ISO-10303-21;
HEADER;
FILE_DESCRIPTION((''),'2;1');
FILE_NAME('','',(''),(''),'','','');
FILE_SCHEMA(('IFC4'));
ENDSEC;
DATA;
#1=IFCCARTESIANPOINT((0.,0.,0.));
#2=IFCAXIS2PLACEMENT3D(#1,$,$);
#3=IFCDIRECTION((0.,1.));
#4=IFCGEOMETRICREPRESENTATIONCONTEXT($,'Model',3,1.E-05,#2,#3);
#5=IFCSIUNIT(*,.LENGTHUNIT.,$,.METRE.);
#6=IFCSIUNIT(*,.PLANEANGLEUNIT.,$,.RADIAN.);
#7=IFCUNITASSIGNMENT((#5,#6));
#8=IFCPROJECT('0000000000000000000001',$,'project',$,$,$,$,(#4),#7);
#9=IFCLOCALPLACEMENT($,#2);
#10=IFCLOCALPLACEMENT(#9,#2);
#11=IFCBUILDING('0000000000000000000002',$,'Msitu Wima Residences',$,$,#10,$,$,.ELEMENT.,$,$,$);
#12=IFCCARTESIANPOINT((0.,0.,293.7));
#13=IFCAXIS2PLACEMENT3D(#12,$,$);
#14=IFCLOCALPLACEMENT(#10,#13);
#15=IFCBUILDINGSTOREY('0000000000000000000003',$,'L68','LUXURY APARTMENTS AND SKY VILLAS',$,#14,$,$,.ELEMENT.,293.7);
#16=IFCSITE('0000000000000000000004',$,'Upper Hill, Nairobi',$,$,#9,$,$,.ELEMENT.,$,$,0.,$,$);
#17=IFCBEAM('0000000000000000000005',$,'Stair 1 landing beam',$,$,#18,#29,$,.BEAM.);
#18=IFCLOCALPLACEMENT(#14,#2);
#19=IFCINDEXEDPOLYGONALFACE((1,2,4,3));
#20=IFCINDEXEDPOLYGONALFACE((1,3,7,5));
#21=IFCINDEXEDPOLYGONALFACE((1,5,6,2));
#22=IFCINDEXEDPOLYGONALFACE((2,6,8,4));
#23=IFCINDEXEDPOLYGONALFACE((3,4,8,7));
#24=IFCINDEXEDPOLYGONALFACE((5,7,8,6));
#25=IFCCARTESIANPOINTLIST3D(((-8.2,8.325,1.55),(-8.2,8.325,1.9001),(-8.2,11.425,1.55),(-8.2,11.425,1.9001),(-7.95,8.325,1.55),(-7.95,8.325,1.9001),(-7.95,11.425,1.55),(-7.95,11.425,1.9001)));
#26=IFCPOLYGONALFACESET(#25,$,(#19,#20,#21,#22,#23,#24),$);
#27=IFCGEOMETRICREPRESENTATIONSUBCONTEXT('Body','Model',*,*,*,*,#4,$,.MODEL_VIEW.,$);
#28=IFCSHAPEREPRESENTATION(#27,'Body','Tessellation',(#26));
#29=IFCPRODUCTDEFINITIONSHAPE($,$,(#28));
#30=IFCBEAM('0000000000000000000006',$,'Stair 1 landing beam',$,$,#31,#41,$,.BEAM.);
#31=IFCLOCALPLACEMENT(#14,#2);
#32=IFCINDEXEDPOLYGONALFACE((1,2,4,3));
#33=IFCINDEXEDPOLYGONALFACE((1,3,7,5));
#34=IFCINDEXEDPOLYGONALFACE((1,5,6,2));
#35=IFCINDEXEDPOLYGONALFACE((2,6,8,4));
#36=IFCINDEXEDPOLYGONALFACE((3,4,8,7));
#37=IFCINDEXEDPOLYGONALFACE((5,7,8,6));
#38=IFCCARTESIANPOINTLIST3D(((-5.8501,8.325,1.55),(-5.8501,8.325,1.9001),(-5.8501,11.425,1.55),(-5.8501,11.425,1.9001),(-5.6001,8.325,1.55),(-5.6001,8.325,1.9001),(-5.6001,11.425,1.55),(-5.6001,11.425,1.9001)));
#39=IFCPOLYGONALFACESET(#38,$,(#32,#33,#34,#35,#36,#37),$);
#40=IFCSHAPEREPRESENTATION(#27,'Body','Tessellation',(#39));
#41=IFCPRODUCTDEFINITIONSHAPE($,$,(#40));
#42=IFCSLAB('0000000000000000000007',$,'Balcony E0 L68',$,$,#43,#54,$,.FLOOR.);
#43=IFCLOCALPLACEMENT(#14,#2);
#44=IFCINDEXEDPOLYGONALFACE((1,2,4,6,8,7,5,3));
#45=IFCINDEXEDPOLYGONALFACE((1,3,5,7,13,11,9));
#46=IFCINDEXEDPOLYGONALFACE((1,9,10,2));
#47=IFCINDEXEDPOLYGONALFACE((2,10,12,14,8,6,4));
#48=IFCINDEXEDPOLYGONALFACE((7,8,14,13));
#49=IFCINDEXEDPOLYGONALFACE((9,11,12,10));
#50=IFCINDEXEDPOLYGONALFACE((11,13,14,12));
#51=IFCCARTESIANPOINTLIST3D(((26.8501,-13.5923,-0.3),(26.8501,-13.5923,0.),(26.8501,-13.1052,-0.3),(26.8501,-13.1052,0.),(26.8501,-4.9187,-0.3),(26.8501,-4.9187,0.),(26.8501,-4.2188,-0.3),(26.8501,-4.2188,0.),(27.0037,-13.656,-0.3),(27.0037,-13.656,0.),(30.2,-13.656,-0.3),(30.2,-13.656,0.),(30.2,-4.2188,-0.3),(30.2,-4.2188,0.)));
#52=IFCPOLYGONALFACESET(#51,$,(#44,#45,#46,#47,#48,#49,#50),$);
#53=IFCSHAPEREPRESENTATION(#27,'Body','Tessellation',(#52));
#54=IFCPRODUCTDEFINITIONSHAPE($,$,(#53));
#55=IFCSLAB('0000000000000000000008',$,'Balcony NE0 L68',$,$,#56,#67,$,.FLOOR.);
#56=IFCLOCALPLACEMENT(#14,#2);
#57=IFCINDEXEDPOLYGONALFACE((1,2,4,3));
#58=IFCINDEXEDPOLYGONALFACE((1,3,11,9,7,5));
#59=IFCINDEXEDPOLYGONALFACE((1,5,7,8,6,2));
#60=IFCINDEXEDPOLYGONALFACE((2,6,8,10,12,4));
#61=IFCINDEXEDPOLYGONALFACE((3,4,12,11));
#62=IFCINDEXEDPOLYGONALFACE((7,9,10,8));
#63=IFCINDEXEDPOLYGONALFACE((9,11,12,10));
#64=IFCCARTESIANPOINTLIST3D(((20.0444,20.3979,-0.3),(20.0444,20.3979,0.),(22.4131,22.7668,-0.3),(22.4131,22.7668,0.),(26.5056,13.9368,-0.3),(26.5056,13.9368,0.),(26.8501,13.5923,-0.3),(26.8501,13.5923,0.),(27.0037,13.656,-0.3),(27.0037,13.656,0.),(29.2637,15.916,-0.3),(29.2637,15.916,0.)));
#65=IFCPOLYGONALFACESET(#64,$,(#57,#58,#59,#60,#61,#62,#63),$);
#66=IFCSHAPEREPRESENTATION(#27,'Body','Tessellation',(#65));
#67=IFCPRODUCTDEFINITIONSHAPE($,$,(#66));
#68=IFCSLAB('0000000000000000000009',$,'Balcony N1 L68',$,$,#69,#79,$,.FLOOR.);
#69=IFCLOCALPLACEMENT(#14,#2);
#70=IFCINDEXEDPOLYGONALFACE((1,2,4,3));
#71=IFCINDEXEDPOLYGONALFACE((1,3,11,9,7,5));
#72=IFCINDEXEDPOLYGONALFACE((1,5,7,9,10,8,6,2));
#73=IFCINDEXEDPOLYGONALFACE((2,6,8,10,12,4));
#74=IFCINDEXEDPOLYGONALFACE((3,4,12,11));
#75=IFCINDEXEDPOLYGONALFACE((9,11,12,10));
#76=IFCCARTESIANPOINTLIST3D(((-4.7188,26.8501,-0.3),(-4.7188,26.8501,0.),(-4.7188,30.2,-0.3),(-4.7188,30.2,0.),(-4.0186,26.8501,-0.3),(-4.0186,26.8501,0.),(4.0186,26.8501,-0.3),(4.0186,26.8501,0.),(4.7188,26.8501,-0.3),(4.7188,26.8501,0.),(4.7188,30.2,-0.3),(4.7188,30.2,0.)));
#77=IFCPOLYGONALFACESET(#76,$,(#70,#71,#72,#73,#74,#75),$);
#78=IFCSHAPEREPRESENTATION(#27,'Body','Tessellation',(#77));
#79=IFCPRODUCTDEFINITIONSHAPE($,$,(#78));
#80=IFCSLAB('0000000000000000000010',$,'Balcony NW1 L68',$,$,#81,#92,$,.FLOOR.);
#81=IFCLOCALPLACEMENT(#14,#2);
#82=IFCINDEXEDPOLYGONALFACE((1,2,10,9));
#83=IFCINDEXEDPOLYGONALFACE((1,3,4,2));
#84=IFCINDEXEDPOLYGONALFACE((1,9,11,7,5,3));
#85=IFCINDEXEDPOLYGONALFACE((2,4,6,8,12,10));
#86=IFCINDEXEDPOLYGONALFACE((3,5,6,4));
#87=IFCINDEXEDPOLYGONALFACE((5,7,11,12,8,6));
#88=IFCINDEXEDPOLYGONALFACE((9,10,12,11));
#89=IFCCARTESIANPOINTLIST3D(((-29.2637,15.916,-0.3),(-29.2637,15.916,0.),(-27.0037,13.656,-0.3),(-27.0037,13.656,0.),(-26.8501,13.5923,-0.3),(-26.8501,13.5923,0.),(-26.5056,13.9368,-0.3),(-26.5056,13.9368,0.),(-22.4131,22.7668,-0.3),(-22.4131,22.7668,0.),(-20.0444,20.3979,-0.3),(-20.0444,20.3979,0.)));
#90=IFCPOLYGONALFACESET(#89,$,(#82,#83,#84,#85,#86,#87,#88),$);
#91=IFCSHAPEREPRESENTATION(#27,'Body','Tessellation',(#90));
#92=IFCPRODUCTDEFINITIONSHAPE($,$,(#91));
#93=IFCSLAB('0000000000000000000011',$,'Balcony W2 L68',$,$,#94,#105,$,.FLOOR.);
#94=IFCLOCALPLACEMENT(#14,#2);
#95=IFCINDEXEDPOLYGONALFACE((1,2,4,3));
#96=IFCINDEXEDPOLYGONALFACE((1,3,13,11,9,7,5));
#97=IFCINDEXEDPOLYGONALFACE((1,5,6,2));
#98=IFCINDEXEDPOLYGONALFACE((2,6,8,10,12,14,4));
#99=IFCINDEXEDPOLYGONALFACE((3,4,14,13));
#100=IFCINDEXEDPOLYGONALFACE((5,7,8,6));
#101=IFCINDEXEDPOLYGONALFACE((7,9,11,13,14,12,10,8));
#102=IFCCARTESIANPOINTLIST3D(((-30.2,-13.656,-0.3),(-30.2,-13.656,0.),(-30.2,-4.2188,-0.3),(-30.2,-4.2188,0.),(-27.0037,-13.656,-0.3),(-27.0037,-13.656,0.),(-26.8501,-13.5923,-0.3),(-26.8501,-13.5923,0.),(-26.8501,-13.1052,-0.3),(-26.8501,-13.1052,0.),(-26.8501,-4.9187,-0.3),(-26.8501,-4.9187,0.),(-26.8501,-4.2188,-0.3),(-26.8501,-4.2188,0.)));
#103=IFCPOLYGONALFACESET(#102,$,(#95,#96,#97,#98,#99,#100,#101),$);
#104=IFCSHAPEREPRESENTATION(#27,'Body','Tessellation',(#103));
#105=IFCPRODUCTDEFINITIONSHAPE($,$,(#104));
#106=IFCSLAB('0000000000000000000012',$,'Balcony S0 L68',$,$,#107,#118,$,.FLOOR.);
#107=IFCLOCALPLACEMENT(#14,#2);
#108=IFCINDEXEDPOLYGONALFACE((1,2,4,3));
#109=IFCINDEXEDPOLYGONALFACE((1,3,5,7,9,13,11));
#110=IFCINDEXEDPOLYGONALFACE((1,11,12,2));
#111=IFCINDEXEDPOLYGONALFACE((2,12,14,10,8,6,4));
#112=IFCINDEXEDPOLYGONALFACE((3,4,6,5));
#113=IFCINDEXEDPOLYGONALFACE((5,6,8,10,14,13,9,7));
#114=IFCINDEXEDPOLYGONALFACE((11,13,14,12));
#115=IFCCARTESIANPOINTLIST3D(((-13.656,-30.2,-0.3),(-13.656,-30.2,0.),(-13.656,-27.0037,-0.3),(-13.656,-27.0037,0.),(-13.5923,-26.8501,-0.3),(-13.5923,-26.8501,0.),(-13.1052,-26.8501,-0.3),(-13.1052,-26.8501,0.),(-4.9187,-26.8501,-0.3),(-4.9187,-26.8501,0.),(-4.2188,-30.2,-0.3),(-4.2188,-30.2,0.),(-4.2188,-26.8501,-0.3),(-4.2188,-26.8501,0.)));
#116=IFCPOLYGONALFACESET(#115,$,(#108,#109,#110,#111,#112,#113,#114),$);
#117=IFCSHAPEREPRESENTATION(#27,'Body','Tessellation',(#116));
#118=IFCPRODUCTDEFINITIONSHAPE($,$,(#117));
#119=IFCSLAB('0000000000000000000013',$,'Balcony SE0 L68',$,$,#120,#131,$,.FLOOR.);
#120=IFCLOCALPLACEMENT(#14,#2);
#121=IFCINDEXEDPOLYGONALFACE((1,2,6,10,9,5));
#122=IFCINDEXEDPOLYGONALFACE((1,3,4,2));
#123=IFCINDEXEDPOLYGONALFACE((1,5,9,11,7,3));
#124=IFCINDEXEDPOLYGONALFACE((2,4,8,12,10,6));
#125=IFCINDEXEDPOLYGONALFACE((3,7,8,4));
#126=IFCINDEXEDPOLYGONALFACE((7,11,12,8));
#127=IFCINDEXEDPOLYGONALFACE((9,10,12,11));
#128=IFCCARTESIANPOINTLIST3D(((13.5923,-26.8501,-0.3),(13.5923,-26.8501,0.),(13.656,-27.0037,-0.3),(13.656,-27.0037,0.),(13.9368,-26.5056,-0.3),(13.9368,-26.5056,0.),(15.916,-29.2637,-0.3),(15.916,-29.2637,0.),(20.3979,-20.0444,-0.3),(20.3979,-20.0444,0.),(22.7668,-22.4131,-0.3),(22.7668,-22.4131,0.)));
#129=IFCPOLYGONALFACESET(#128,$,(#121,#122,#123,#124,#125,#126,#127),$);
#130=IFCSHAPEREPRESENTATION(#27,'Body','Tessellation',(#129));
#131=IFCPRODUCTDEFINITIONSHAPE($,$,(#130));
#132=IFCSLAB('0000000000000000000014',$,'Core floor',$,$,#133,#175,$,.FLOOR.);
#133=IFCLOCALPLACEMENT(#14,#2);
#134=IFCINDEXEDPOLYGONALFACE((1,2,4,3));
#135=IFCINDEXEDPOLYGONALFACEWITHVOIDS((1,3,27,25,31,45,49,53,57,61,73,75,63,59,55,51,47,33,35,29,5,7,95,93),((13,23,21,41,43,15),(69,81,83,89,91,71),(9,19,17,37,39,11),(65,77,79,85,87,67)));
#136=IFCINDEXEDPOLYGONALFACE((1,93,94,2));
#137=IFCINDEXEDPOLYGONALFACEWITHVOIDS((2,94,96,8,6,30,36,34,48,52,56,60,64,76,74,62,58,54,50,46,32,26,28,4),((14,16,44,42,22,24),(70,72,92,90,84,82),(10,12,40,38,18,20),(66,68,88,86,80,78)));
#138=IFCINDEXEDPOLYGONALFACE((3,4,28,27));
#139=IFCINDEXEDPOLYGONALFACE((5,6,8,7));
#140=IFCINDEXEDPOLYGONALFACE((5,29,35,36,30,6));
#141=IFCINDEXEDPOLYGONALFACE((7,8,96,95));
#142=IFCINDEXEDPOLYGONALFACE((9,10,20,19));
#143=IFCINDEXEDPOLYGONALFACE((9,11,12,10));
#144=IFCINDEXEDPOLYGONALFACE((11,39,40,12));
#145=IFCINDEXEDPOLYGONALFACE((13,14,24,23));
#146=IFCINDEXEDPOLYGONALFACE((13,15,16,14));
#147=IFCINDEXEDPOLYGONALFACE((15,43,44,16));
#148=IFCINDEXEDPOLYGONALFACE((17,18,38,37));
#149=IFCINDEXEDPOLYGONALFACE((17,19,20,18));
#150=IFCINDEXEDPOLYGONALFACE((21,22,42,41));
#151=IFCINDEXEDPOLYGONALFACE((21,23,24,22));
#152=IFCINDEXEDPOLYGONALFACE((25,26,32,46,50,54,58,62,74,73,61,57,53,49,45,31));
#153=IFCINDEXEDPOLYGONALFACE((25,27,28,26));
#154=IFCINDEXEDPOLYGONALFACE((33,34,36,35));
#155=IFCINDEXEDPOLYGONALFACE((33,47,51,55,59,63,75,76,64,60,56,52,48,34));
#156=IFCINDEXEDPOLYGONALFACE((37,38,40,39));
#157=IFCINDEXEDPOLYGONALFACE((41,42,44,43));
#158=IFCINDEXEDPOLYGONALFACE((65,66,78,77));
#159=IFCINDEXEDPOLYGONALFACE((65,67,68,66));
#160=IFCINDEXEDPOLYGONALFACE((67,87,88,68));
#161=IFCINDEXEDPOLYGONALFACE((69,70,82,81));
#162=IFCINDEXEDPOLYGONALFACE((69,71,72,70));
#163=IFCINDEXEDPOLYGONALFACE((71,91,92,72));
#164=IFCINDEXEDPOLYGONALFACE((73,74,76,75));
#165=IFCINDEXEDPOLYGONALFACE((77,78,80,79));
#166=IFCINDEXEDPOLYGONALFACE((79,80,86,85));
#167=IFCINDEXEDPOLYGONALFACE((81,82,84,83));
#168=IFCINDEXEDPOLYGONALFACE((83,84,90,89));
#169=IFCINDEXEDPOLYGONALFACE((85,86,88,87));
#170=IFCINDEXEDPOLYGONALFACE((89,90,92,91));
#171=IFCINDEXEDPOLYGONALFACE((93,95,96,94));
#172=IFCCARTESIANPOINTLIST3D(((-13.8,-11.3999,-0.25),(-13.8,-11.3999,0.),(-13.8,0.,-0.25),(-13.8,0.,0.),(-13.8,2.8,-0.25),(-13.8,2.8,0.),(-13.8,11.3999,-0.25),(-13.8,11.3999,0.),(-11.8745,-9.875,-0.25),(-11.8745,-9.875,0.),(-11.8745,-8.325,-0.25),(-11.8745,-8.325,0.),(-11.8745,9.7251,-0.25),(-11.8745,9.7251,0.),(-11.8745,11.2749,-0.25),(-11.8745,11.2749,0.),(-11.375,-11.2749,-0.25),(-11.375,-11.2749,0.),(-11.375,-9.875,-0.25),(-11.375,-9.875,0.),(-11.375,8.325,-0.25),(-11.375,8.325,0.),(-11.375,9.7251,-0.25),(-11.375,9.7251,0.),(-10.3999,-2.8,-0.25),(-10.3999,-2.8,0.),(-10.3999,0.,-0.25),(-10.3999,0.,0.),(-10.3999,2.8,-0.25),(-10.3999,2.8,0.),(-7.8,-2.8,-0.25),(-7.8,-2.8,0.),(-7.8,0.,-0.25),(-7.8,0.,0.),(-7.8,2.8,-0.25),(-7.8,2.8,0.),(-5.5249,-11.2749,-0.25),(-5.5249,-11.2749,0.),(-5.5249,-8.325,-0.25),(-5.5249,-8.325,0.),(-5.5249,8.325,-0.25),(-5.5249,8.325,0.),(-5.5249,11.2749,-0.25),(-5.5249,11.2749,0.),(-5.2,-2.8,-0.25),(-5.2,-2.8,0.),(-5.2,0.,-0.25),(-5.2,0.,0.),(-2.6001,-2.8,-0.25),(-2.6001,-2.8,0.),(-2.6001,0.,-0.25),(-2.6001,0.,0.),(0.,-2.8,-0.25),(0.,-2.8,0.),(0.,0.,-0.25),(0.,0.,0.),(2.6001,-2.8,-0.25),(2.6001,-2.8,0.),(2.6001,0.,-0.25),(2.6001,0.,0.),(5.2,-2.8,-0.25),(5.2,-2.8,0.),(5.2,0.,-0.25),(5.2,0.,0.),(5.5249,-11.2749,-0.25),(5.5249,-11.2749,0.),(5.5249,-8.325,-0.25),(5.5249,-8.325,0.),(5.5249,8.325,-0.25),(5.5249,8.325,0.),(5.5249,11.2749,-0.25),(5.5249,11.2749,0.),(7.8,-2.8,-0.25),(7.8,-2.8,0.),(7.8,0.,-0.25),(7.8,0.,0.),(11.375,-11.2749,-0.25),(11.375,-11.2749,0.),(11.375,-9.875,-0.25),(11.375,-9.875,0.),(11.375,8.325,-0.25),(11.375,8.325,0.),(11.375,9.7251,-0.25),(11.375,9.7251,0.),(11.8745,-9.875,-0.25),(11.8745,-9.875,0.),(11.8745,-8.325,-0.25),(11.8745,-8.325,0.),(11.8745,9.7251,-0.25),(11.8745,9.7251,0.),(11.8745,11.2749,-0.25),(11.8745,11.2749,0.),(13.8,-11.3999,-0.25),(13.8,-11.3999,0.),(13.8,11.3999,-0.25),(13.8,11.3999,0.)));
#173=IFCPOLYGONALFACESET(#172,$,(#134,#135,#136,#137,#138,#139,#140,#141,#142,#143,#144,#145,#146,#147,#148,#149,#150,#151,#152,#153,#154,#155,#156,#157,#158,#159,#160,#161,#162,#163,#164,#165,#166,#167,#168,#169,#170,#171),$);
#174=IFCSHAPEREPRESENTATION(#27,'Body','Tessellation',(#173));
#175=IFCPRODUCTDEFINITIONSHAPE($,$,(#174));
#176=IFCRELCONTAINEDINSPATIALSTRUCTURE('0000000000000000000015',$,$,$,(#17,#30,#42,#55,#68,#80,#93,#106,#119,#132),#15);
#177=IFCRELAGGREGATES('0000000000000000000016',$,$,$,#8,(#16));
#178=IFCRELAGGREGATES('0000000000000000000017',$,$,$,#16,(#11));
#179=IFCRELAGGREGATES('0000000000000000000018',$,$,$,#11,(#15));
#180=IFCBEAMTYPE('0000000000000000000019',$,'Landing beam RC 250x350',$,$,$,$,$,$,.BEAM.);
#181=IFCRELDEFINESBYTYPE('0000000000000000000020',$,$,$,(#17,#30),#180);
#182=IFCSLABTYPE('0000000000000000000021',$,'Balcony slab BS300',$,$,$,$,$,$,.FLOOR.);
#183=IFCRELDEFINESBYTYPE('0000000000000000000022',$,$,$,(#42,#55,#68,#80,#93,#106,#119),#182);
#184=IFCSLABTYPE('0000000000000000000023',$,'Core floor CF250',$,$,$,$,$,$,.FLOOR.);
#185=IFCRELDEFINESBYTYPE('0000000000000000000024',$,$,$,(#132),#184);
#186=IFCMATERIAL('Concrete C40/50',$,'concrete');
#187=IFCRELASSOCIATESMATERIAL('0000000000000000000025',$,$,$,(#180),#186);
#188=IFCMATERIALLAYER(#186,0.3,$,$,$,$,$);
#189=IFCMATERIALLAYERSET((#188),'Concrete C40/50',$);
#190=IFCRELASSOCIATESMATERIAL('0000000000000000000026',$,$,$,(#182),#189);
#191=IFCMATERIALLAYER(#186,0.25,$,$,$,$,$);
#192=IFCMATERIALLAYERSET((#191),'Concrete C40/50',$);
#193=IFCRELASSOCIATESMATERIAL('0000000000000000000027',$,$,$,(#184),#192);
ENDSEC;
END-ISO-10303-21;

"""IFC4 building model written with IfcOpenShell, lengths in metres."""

from ifc_helpers import new_model, si_unit, direction, frame, origin, origin_2d, place, context, subcontext, project, spatial, polyline, rectangle, outline, extrude, material, layer, layer_set, material_profile, profile_set, type_object, element, save


model = new_model("IFC4")

# Units and contexts
model_context = context("Model", 3, precision=1e-05, world=origin(), true_north=direction((0.0, 1.0)))
body_context = subcontext(model_context, "Body", "Model", "MODEL_VIEW")
ifc_project = project(units=[si_unit("LENGTHUNIT", "METRE"), si_unit("PLANEANGLEUNIT", "RADIAN")], contexts=[model_context])

# Site, building, storey
site_placement = place(None, origin())
site = spatial("IfcSite", under=ifc_project, at=site_placement, Name="Upper Hill, Nairobi", CompositionType="ELEMENT", RefElevation=0.0)
building_placement = place(site_placement, origin())
building = spatial("IfcBuilding", under=site, at=building_placement, Name="Msitu Wima Residences", CompositionType="ELEMENT")
storey_placement = place(building_placement, frame((0.0, 0.0, 293.7)))
storey = spatial("IfcBuildingStorey", under=building, at=storey_placement, Name="L68", Description="LUXURY APARTMENTS AND SKY VILLAS", CompositionType="ELEMENT", Elevation=293.7)

# Beams
ifc_material_1 = material(Name="Concrete C40/50", Category="concrete")
ifc_material_profile = material_profile(ifc_material_1, rectangle(XDim=0.25, YDim=0.3501, at=origin_2d()), Name="RC 250x350")
ifc_profile_set = profile_set([ifc_material_profile], Name="Concrete C40/50")
beam_type = type_object("IfcBeamType", Name="Landing beam RC 250x350", PredefinedType="BEAM", material=ifc_profile_set)
for number, where, z_axis, x_axis, name in (
    (1, (-8.075, 8.325, 1.7251), (0.0, 1.0, 0.0), (-1.0, 0.0, 0.0), "Stair 1 landing beam"),
    (2, (-5.7251, 8.325, 1.7251), (0.0, 1.0, 0.0), (-1.0, 0.0, 0.0), "Stair 1 landing beam"),
):
    element("IfcBeam", number, at=place(storey_placement, frame(where, z_axis=z_axis, x_axis=x_axis)), inside=storey, type_object=beam_type, Name=name, PredefinedType="BEAM", context=body_context, shape_type="SweptSolid", body=[
        extrude(rectangle(XDim=0.25, YDim=0.3501, at=origin_2d()), origin(), (0.0, 0.0, 1.0), 3.1001),
    ])

# Slabs
ifc_layer_1 = layer(ifc_material_1, 0.3)
ifc_layer_set_1 = layer_set([ifc_layer_1], Name="Concrete C40/50")
slab_type_1 = type_object("IfcSlabType", Name="Balcony slab BS300", PredefinedType="FLOOR", material=ifc_layer_set_1)
slab_1_placement = place(storey_placement, frame((0.0, 0.0, -0.3)))
element("IfcSlab", 3, at=slab_1_placement, inside=storey, type_object=slab_type_1, Name="Balcony E0 L68", PredefinedType="FLOOR", context=body_context, shape_type="SweptSolid", body=[
    extrude(outline(polyline([(26.8501, -13.1052), (26.8501, -13.1052), (26.8501, -4.9187), (26.8501, -4.2188), (30.2, -4.2188), (30.2, -13.656), (27.0037, -13.656), (26.8501, -13.5923), (26.8501, -13.1052), (26.8501, -13.1052)])), origin(), (0.0, 0.0, 1.0), 0.3),
])
slab_2_placement = place(storey_placement, frame((0.0, 0.0, -0.3)))
element("IfcSlab", 4, at=slab_2_placement, inside=storey, type_object=slab_type_1, Name="Balcony NE0 L68", PredefinedType="FLOOR", context=body_context, shape_type="SweptSolid", body=[
    extrude(outline(polyline([(26.5056, 13.9368), (26.5056, 13.9368), (20.0444, 20.3979), (22.4131, 22.7668), (29.2637, 15.916), (27.0037, 13.656), (26.8501, 13.5923), (26.5056, 13.9368), (26.5056, 13.9368)])), origin(), (0.0, 0.0, 1.0), 0.3),
])
slab_3_placement = place(storey_placement, frame((0.0, 0.0, -0.3)))
element("IfcSlab", 5, at=slab_3_placement, inside=storey, type_object=slab_type_1, Name="Balcony N1 L68", PredefinedType="FLOOR", context=body_context, shape_type="SweptSolid", body=[
    extrude(outline(polyline([(4.0186, 26.8501), (-4.0186, 26.8501), (-4.7188, 26.8501), (-4.7188, 30.2), (4.7188, 30.2), (4.7188, 26.8501), (4.0186, 26.8501)])), origin(), (0.0, 0.0, 1.0), 0.3),
])
slab_4_placement = place(storey_placement, frame((0.0, 0.0, -0.3)))
element("IfcSlab", 6, at=slab_4_placement, inside=storey, type_object=slab_type_1, Name="Balcony NW1 L68", PredefinedType="FLOOR", context=body_context, shape_type="SweptSolid", body=[
    extrude(outline(polyline([(-26.5056, 13.9368), (-26.5056, 13.9368), (-26.8501, 13.5923), (-27.0037, 13.656), (-29.2637, 15.916), (-22.4131, 22.7668), (-20.0444, 20.3979), (-26.5056, 13.9368), (-26.5056, 13.9368)])), origin(), (0.0, 0.0, 1.0), 0.3),
])
slab_5_placement = place(storey_placement, frame((0.0, 0.0, -0.3)))
element("IfcSlab", 7, at=slab_5_placement, inside=storey, type_object=slab_type_1, Name="Balcony W2 L68", PredefinedType="FLOOR", context=body_context, shape_type="SweptSolid", body=[
    extrude(outline(polyline([(-26.8501, -13.1052), (-26.8501, -13.1052), (-26.8501, -13.1052), (-26.8501, -13.5923), (-27.0037, -13.656), (-30.2, -13.656), (-30.2, -4.2188), (-26.8501, -4.2188), (-26.8501, -4.9187), (-26.8501, -13.1052)])), origin(), (0.0, 0.0, 1.0), 0.3),
])
slab_6_placement = place(storey_placement, frame((0.0, 0.0, -0.3)))
element("IfcSlab", 8, at=slab_6_placement, inside=storey, type_object=slab_type_1, Name="Balcony S0 L68", PredefinedType="FLOOR", context=body_context, shape_type="SweptSolid", body=[
    extrude(outline(polyline([(-13.1052, -26.8501), (-13.1052, -26.8501), (-4.9187, -26.8501), (-4.2188, -26.8501), (-4.2188, -30.2), (-13.656, -30.2), (-13.656, -27.0037), (-13.5923, -26.8501), (-13.1052, -26.8501), (-13.1052, -26.8501)])), origin(), (0.0, 0.0, 1.0), 0.3),
])
slab_7_placement = place(storey_placement, frame((0.0, 0.0, -0.3)))
element("IfcSlab", 9, at=slab_7_placement, inside=storey, type_object=slab_type_1, Name="Balcony SE0 L68", PredefinedType="FLOOR", context=body_context, shape_type="SweptSolid", body=[
    extrude(outline(polyline([(13.9368, -26.5056), (13.9368, -26.5056), (20.3979, -20.0444), (22.7668, -22.4131), (15.916, -29.2637), (13.656, -27.0037), (13.5923, -26.8501), (13.9368, -26.5056), (13.9368, -26.5056)])), origin(), (0.0, 0.0, 1.0), 0.3),
])
ifc_layer_2 = layer(ifc_material_1, 0.25)
ifc_layer_set_2 = layer_set([ifc_layer_2], Name="Concrete C40/50")
slab_type_2 = type_object("IfcSlabType", Name="Core floor CF250", PredefinedType="FLOOR", material=ifc_layer_set_2)
slab_8_placement = place(storey_placement, frame((0.0, 0.0, -0.25)))
element("IfcSlab", 10, at=slab_8_placement, inside=storey, type_object=slab_type_2, Name="Core floor", PredefinedType="FLOOR", context=body_context, shape_type="SweptSolid", body=[
    extrude(outline(polyline([(-13.8, 11.3999), (-13.8, 2.8), (-10.3999, 2.8), (-7.8, 2.8), (-7.8, 0.0), (-5.2, 0.0), (-2.6001, 0.0), (0.0, 0.0), (2.6001, 0.0), (5.2, 0.0), (7.8, 0.0), (7.8, -2.8), (5.2, -2.8), (2.6001, -2.8), (0.0, -2.8), (-2.6001, -2.8), (-5.2, -2.8), (-7.8, -2.8), (-10.3999, -2.8), (-10.3999, 0.0), (-13.8, 0.0), (-13.8, -11.3999), (13.8, -11.3999), (13.8, 11.3999), (-13.8, 11.3999)]), holes=[polyline([(-11.375, -11.2749), (-11.375, -9.875), (-11.8745, -9.875), (-11.8745, -8.325), (-5.5249, -8.325), (-5.5249, -11.2749), (-11.375, -11.2749)]), polyline([(-11.375, 8.325), (-11.375, 9.7251), (-11.8745, 9.7251), (-11.8745, 11.2749), (-5.5249, 11.2749), (-5.5249, 8.325), (-11.375, 8.325)]), polyline([(11.375, -9.875), (11.375, -11.2749), (5.5249, -11.2749), (5.5249, -8.325), (11.8745, -8.325), (11.8745, -9.875), (11.375, -9.875)]), polyline([(11.375, 9.7251), (11.375, 8.325), (5.5249, 8.325), (5.5249, 11.2749), (11.8745, 11.2749), (11.8745, 9.7251), (11.375, 9.7251)])]), origin(), (0.0, 0.0, 1.0), 0.25),
])

save(model, "model.ifc")
